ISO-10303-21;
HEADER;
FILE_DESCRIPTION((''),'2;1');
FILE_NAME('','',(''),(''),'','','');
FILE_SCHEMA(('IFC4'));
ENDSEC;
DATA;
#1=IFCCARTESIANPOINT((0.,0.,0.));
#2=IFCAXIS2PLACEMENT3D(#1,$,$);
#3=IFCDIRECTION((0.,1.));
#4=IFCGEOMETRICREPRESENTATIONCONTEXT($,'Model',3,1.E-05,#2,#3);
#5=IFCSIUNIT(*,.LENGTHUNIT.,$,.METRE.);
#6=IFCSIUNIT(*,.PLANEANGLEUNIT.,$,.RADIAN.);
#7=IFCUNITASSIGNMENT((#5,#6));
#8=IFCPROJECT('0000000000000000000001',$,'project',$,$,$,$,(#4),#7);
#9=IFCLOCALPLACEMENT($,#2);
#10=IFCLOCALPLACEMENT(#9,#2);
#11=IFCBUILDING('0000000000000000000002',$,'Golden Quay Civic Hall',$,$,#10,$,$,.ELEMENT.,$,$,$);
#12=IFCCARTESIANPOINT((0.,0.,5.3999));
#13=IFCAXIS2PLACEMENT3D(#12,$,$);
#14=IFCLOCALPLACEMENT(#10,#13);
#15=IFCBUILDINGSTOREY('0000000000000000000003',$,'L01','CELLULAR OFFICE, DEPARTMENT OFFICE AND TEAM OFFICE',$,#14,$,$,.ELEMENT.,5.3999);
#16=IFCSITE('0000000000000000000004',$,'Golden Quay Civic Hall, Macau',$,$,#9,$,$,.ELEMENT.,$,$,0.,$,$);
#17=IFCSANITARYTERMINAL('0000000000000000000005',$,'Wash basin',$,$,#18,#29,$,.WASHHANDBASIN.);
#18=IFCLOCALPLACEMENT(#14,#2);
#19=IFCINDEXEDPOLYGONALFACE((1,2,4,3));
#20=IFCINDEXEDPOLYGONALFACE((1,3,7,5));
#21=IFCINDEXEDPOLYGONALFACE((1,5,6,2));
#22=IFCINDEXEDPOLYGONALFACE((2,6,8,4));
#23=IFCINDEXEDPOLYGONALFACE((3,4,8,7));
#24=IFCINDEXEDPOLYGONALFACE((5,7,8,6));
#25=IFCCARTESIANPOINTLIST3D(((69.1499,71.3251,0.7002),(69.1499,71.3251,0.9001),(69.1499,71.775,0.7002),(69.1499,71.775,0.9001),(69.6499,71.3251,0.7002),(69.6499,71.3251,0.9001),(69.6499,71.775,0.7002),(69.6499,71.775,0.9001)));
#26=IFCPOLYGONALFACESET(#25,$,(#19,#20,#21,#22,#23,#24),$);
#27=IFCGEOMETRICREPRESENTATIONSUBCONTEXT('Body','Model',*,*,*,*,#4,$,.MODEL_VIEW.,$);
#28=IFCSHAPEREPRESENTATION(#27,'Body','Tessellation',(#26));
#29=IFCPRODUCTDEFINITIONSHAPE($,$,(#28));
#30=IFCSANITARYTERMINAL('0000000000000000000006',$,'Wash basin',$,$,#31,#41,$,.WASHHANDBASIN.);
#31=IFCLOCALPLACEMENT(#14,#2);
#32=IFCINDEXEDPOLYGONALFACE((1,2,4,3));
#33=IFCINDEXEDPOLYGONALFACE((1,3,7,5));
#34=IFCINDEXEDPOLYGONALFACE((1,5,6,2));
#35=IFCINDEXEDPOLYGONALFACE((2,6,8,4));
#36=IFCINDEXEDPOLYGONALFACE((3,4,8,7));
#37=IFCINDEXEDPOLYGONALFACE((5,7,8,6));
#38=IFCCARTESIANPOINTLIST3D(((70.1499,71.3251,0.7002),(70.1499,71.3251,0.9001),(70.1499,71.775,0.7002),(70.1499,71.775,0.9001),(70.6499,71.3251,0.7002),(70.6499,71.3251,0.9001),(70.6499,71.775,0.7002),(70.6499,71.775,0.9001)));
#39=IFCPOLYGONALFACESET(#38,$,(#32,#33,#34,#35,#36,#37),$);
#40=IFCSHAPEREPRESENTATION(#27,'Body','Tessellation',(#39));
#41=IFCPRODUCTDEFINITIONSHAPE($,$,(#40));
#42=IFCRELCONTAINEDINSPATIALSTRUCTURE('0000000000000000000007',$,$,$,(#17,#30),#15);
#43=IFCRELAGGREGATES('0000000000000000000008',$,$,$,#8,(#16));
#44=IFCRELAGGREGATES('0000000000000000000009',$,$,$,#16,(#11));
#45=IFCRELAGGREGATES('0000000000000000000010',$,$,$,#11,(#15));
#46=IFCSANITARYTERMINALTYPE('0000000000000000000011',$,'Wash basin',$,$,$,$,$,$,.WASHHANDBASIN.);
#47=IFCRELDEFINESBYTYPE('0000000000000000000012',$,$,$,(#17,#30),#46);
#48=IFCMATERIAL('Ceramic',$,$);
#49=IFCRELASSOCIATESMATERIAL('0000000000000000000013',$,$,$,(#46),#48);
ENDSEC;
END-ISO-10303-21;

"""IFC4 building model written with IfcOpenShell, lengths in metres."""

from ifc_helpers import new_model, si_unit, direction, frame, origin, origin_2d, place, context, subcontext, project, spatial, rectangle, extrude, material, type_object, element, save


model = new_model("IFC4")

# Units and contexts
model_context = context("Model", 3, precision=1e-05, world=origin(), true_north=direction((0.0, 1.0)))
body_context = subcontext(model_context, "Body", "Model", "MODEL_VIEW")
ifc_project = project(units=[si_unit("LENGTHUNIT", "METRE"), si_unit("PLANEANGLEUNIT", "RADIAN")], contexts=[model_context])

# Site, building, storey
site_placement = place(None, origin())
site = spatial("IfcSite", under=ifc_project, at=site_placement, Name="Golden Quay Civic Hall, Macau", CompositionType="ELEMENT", RefElevation=0.0)
building_placement = place(site_placement, origin())
building = spatial("IfcBuilding", under=site, at=building_placement, Name="Golden Quay Civic Hall", CompositionType="ELEMENT")
storey_placement = place(building_placement, frame((0.0, 0.0, 5.3999)))
storey = spatial("IfcBuildingStorey", under=building, at=storey_placement, Name="L01", Description="CELLULAR OFFICE, DEPARTMENT OFFICE AND TEAM OFFICE", CompositionType="ELEMENT", Elevation=5.3999)

# Sanitary terminals
ifc_material_1 = material(Name="Ceramic")
sanitary_terminal_type = type_object("IfcSanitaryTerminalType", Name="Wash basin", PredefinedType="WASHHANDBASIN", material=ifc_material_1)
for number, where, z_axis, x_axis, name in (
    (1, (69.3999, 71.55, 0.7002), (0.0, 0.0, 1.0), (1.0, 0.0, 0.0), "Wash basin"),
    (2, (70.3999, 71.55, 0.7002), (0.0, 0.0, 1.0), (1.0, 0.0, 0.0), "Wash basin"),
):
    element("IfcSanitaryTerminal", number, at=place(storey_placement, frame(where, z_axis=z_axis, x_axis=x_axis)), inside=storey, type_object=sanitary_terminal_type, Name=name, PredefinedType="WASHHANDBASIN", context=body_context, shape_type="SweptSolid", body=[
        extrude(rectangle(XDim=0.5, YDim=0.45, at=origin_2d()), origin(), (0.0, 0.0, 1.0), 0.2),
    ])

save(model, "model.ifc")
